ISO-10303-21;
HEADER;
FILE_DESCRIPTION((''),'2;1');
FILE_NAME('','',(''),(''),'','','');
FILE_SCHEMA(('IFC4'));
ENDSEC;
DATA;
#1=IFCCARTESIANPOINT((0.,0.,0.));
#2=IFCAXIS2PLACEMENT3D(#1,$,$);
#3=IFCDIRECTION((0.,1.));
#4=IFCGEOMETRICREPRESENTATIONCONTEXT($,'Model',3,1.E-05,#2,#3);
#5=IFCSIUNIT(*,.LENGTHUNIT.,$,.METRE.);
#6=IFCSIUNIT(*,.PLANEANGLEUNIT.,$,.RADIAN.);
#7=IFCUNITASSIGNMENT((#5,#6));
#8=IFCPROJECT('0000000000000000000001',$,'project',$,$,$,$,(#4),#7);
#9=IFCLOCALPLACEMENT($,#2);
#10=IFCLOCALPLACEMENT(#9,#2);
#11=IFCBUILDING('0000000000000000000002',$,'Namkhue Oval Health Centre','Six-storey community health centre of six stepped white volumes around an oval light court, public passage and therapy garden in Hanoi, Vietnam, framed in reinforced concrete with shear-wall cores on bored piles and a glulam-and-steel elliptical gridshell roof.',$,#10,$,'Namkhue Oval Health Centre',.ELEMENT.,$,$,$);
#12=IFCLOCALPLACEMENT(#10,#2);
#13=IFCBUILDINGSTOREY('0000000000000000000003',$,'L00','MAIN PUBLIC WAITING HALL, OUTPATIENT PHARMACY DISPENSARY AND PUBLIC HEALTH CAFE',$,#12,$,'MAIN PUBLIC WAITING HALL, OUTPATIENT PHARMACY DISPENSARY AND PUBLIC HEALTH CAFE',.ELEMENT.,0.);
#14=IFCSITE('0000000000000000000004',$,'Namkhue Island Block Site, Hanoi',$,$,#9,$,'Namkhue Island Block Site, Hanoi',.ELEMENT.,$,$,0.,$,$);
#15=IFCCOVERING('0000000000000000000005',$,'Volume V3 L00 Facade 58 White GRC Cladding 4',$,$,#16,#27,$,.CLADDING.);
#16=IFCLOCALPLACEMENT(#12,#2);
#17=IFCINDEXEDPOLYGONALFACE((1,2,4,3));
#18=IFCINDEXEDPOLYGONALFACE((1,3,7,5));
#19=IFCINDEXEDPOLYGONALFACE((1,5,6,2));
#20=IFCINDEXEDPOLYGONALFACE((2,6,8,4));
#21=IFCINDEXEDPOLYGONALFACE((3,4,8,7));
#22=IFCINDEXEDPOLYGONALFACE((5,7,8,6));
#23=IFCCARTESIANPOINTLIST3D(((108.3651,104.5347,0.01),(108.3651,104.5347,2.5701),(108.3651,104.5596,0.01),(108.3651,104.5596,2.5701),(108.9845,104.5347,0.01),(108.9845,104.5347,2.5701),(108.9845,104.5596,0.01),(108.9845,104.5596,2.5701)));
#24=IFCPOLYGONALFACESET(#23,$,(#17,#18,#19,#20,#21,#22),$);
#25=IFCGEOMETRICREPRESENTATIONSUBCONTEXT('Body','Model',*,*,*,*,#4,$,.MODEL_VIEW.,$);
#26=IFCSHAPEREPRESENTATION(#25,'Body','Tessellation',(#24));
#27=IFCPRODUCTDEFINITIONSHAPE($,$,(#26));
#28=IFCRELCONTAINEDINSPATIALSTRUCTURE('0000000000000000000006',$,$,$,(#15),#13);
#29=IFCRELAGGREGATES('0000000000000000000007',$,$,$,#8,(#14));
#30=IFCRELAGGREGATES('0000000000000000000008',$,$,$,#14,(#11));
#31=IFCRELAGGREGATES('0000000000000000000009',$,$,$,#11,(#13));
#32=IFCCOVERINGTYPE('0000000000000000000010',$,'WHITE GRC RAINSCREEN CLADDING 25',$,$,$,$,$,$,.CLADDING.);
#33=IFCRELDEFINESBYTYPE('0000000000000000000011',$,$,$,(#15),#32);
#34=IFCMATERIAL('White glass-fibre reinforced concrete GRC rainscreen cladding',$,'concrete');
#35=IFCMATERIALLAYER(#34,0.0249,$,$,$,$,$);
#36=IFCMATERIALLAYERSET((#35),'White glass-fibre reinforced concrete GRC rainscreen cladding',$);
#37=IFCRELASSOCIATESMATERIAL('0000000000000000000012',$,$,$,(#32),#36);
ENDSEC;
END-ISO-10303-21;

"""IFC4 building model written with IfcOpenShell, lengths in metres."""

from ifc_helpers import new_model, si_unit, direction, frame, origin, origin_2d, place, context, subcontext, project, spatial, rectangle, extrude, material, layer, layer_set, type_object, element, save


model = new_model("IFC4")

# Units and contexts
model_context = context("Model", 3, precision=1e-05, world=origin(), true_north=direction((0.0, 1.0)))
body_context = subcontext(model_context, "Body", "Model", "MODEL_VIEW")
ifc_project = project(units=[si_unit("LENGTHUNIT", "METRE"), si_unit("PLANEANGLEUNIT", "RADIAN")], contexts=[model_context])

# Site, building, storey
site_placement = place(None, origin())
site = spatial("IfcSite", under=ifc_project, at=site_placement, Name="Namkhue Island Block Site, Hanoi", LongName="Namkhue Island Block Site, Hanoi", CompositionType="ELEMENT", RefElevation=0.0)
building_placement = place(site_placement, origin())
building = spatial("IfcBuilding", under=site, at=building_placement, Name="Namkhue Oval Health Centre", Description="Six-storey community health centre of six stepped white volumes around an oval light court, public passage and therapy garden in Hanoi, Vietnam, framed in reinforced concrete with shear-wall cores on bored piles and a glulam-and-steel elliptical gridshell roof.", LongName="Namkhue Oval Health Centre", CompositionType="ELEMENT")
storey_placement = place(building_placement, origin())
storey = spatial("IfcBuildingStorey", under=building, at=storey_placement, Name="L00", Description="MAIN PUBLIC WAITING HALL, OUTPATIENT PHARMACY DISPENSARY AND PUBLIC HEALTH CAFE", LongName="MAIN PUBLIC WAITING HALL, OUTPATIENT PHARMACY DISPENSARY AND PUBLIC HEALTH CAFE", CompositionType="ELEMENT", Elevation=0.0)

# Covering
ifc_material_1 = material(Name="White glass-fibre reinforced concrete GRC rainscreen cladding", Category="concrete")
ifc_layer_1 = layer(ifc_material_1, 0.0249)
ifc_layer_set_1 = layer_set([ifc_layer_1], Name="White glass-fibre reinforced concrete GRC rainscreen cladding")
covering_type = type_object("IfcCoveringType", Name="WHITE GRC RAINSCREEN CLADDING 25", PredefinedType="CLADDING", material=ifc_layer_set_1)
covering_1_placement = place(storey_placement, frame((108.6748, 104.5471, 0.01), z_axis=(0.0, 0.0, 1.0), x_axis=(-1.0, 0.0, 0.0)))
element("IfcCovering", 1, at=covering_1_placement, inside=storey, type_object=covering_type, Name="Volume V3 L00 Facade 58 White GRC Cladding 4", PredefinedType="CLADDING", context=body_context, shape_type="SweptSolid", body=[
    extrude(rectangle(XDim=0.6194, YDim=0.0249, at=origin_2d()), origin(), (0.0, 0.0, 1.0), 2.5601),
])

save(model, "model.ifc")
